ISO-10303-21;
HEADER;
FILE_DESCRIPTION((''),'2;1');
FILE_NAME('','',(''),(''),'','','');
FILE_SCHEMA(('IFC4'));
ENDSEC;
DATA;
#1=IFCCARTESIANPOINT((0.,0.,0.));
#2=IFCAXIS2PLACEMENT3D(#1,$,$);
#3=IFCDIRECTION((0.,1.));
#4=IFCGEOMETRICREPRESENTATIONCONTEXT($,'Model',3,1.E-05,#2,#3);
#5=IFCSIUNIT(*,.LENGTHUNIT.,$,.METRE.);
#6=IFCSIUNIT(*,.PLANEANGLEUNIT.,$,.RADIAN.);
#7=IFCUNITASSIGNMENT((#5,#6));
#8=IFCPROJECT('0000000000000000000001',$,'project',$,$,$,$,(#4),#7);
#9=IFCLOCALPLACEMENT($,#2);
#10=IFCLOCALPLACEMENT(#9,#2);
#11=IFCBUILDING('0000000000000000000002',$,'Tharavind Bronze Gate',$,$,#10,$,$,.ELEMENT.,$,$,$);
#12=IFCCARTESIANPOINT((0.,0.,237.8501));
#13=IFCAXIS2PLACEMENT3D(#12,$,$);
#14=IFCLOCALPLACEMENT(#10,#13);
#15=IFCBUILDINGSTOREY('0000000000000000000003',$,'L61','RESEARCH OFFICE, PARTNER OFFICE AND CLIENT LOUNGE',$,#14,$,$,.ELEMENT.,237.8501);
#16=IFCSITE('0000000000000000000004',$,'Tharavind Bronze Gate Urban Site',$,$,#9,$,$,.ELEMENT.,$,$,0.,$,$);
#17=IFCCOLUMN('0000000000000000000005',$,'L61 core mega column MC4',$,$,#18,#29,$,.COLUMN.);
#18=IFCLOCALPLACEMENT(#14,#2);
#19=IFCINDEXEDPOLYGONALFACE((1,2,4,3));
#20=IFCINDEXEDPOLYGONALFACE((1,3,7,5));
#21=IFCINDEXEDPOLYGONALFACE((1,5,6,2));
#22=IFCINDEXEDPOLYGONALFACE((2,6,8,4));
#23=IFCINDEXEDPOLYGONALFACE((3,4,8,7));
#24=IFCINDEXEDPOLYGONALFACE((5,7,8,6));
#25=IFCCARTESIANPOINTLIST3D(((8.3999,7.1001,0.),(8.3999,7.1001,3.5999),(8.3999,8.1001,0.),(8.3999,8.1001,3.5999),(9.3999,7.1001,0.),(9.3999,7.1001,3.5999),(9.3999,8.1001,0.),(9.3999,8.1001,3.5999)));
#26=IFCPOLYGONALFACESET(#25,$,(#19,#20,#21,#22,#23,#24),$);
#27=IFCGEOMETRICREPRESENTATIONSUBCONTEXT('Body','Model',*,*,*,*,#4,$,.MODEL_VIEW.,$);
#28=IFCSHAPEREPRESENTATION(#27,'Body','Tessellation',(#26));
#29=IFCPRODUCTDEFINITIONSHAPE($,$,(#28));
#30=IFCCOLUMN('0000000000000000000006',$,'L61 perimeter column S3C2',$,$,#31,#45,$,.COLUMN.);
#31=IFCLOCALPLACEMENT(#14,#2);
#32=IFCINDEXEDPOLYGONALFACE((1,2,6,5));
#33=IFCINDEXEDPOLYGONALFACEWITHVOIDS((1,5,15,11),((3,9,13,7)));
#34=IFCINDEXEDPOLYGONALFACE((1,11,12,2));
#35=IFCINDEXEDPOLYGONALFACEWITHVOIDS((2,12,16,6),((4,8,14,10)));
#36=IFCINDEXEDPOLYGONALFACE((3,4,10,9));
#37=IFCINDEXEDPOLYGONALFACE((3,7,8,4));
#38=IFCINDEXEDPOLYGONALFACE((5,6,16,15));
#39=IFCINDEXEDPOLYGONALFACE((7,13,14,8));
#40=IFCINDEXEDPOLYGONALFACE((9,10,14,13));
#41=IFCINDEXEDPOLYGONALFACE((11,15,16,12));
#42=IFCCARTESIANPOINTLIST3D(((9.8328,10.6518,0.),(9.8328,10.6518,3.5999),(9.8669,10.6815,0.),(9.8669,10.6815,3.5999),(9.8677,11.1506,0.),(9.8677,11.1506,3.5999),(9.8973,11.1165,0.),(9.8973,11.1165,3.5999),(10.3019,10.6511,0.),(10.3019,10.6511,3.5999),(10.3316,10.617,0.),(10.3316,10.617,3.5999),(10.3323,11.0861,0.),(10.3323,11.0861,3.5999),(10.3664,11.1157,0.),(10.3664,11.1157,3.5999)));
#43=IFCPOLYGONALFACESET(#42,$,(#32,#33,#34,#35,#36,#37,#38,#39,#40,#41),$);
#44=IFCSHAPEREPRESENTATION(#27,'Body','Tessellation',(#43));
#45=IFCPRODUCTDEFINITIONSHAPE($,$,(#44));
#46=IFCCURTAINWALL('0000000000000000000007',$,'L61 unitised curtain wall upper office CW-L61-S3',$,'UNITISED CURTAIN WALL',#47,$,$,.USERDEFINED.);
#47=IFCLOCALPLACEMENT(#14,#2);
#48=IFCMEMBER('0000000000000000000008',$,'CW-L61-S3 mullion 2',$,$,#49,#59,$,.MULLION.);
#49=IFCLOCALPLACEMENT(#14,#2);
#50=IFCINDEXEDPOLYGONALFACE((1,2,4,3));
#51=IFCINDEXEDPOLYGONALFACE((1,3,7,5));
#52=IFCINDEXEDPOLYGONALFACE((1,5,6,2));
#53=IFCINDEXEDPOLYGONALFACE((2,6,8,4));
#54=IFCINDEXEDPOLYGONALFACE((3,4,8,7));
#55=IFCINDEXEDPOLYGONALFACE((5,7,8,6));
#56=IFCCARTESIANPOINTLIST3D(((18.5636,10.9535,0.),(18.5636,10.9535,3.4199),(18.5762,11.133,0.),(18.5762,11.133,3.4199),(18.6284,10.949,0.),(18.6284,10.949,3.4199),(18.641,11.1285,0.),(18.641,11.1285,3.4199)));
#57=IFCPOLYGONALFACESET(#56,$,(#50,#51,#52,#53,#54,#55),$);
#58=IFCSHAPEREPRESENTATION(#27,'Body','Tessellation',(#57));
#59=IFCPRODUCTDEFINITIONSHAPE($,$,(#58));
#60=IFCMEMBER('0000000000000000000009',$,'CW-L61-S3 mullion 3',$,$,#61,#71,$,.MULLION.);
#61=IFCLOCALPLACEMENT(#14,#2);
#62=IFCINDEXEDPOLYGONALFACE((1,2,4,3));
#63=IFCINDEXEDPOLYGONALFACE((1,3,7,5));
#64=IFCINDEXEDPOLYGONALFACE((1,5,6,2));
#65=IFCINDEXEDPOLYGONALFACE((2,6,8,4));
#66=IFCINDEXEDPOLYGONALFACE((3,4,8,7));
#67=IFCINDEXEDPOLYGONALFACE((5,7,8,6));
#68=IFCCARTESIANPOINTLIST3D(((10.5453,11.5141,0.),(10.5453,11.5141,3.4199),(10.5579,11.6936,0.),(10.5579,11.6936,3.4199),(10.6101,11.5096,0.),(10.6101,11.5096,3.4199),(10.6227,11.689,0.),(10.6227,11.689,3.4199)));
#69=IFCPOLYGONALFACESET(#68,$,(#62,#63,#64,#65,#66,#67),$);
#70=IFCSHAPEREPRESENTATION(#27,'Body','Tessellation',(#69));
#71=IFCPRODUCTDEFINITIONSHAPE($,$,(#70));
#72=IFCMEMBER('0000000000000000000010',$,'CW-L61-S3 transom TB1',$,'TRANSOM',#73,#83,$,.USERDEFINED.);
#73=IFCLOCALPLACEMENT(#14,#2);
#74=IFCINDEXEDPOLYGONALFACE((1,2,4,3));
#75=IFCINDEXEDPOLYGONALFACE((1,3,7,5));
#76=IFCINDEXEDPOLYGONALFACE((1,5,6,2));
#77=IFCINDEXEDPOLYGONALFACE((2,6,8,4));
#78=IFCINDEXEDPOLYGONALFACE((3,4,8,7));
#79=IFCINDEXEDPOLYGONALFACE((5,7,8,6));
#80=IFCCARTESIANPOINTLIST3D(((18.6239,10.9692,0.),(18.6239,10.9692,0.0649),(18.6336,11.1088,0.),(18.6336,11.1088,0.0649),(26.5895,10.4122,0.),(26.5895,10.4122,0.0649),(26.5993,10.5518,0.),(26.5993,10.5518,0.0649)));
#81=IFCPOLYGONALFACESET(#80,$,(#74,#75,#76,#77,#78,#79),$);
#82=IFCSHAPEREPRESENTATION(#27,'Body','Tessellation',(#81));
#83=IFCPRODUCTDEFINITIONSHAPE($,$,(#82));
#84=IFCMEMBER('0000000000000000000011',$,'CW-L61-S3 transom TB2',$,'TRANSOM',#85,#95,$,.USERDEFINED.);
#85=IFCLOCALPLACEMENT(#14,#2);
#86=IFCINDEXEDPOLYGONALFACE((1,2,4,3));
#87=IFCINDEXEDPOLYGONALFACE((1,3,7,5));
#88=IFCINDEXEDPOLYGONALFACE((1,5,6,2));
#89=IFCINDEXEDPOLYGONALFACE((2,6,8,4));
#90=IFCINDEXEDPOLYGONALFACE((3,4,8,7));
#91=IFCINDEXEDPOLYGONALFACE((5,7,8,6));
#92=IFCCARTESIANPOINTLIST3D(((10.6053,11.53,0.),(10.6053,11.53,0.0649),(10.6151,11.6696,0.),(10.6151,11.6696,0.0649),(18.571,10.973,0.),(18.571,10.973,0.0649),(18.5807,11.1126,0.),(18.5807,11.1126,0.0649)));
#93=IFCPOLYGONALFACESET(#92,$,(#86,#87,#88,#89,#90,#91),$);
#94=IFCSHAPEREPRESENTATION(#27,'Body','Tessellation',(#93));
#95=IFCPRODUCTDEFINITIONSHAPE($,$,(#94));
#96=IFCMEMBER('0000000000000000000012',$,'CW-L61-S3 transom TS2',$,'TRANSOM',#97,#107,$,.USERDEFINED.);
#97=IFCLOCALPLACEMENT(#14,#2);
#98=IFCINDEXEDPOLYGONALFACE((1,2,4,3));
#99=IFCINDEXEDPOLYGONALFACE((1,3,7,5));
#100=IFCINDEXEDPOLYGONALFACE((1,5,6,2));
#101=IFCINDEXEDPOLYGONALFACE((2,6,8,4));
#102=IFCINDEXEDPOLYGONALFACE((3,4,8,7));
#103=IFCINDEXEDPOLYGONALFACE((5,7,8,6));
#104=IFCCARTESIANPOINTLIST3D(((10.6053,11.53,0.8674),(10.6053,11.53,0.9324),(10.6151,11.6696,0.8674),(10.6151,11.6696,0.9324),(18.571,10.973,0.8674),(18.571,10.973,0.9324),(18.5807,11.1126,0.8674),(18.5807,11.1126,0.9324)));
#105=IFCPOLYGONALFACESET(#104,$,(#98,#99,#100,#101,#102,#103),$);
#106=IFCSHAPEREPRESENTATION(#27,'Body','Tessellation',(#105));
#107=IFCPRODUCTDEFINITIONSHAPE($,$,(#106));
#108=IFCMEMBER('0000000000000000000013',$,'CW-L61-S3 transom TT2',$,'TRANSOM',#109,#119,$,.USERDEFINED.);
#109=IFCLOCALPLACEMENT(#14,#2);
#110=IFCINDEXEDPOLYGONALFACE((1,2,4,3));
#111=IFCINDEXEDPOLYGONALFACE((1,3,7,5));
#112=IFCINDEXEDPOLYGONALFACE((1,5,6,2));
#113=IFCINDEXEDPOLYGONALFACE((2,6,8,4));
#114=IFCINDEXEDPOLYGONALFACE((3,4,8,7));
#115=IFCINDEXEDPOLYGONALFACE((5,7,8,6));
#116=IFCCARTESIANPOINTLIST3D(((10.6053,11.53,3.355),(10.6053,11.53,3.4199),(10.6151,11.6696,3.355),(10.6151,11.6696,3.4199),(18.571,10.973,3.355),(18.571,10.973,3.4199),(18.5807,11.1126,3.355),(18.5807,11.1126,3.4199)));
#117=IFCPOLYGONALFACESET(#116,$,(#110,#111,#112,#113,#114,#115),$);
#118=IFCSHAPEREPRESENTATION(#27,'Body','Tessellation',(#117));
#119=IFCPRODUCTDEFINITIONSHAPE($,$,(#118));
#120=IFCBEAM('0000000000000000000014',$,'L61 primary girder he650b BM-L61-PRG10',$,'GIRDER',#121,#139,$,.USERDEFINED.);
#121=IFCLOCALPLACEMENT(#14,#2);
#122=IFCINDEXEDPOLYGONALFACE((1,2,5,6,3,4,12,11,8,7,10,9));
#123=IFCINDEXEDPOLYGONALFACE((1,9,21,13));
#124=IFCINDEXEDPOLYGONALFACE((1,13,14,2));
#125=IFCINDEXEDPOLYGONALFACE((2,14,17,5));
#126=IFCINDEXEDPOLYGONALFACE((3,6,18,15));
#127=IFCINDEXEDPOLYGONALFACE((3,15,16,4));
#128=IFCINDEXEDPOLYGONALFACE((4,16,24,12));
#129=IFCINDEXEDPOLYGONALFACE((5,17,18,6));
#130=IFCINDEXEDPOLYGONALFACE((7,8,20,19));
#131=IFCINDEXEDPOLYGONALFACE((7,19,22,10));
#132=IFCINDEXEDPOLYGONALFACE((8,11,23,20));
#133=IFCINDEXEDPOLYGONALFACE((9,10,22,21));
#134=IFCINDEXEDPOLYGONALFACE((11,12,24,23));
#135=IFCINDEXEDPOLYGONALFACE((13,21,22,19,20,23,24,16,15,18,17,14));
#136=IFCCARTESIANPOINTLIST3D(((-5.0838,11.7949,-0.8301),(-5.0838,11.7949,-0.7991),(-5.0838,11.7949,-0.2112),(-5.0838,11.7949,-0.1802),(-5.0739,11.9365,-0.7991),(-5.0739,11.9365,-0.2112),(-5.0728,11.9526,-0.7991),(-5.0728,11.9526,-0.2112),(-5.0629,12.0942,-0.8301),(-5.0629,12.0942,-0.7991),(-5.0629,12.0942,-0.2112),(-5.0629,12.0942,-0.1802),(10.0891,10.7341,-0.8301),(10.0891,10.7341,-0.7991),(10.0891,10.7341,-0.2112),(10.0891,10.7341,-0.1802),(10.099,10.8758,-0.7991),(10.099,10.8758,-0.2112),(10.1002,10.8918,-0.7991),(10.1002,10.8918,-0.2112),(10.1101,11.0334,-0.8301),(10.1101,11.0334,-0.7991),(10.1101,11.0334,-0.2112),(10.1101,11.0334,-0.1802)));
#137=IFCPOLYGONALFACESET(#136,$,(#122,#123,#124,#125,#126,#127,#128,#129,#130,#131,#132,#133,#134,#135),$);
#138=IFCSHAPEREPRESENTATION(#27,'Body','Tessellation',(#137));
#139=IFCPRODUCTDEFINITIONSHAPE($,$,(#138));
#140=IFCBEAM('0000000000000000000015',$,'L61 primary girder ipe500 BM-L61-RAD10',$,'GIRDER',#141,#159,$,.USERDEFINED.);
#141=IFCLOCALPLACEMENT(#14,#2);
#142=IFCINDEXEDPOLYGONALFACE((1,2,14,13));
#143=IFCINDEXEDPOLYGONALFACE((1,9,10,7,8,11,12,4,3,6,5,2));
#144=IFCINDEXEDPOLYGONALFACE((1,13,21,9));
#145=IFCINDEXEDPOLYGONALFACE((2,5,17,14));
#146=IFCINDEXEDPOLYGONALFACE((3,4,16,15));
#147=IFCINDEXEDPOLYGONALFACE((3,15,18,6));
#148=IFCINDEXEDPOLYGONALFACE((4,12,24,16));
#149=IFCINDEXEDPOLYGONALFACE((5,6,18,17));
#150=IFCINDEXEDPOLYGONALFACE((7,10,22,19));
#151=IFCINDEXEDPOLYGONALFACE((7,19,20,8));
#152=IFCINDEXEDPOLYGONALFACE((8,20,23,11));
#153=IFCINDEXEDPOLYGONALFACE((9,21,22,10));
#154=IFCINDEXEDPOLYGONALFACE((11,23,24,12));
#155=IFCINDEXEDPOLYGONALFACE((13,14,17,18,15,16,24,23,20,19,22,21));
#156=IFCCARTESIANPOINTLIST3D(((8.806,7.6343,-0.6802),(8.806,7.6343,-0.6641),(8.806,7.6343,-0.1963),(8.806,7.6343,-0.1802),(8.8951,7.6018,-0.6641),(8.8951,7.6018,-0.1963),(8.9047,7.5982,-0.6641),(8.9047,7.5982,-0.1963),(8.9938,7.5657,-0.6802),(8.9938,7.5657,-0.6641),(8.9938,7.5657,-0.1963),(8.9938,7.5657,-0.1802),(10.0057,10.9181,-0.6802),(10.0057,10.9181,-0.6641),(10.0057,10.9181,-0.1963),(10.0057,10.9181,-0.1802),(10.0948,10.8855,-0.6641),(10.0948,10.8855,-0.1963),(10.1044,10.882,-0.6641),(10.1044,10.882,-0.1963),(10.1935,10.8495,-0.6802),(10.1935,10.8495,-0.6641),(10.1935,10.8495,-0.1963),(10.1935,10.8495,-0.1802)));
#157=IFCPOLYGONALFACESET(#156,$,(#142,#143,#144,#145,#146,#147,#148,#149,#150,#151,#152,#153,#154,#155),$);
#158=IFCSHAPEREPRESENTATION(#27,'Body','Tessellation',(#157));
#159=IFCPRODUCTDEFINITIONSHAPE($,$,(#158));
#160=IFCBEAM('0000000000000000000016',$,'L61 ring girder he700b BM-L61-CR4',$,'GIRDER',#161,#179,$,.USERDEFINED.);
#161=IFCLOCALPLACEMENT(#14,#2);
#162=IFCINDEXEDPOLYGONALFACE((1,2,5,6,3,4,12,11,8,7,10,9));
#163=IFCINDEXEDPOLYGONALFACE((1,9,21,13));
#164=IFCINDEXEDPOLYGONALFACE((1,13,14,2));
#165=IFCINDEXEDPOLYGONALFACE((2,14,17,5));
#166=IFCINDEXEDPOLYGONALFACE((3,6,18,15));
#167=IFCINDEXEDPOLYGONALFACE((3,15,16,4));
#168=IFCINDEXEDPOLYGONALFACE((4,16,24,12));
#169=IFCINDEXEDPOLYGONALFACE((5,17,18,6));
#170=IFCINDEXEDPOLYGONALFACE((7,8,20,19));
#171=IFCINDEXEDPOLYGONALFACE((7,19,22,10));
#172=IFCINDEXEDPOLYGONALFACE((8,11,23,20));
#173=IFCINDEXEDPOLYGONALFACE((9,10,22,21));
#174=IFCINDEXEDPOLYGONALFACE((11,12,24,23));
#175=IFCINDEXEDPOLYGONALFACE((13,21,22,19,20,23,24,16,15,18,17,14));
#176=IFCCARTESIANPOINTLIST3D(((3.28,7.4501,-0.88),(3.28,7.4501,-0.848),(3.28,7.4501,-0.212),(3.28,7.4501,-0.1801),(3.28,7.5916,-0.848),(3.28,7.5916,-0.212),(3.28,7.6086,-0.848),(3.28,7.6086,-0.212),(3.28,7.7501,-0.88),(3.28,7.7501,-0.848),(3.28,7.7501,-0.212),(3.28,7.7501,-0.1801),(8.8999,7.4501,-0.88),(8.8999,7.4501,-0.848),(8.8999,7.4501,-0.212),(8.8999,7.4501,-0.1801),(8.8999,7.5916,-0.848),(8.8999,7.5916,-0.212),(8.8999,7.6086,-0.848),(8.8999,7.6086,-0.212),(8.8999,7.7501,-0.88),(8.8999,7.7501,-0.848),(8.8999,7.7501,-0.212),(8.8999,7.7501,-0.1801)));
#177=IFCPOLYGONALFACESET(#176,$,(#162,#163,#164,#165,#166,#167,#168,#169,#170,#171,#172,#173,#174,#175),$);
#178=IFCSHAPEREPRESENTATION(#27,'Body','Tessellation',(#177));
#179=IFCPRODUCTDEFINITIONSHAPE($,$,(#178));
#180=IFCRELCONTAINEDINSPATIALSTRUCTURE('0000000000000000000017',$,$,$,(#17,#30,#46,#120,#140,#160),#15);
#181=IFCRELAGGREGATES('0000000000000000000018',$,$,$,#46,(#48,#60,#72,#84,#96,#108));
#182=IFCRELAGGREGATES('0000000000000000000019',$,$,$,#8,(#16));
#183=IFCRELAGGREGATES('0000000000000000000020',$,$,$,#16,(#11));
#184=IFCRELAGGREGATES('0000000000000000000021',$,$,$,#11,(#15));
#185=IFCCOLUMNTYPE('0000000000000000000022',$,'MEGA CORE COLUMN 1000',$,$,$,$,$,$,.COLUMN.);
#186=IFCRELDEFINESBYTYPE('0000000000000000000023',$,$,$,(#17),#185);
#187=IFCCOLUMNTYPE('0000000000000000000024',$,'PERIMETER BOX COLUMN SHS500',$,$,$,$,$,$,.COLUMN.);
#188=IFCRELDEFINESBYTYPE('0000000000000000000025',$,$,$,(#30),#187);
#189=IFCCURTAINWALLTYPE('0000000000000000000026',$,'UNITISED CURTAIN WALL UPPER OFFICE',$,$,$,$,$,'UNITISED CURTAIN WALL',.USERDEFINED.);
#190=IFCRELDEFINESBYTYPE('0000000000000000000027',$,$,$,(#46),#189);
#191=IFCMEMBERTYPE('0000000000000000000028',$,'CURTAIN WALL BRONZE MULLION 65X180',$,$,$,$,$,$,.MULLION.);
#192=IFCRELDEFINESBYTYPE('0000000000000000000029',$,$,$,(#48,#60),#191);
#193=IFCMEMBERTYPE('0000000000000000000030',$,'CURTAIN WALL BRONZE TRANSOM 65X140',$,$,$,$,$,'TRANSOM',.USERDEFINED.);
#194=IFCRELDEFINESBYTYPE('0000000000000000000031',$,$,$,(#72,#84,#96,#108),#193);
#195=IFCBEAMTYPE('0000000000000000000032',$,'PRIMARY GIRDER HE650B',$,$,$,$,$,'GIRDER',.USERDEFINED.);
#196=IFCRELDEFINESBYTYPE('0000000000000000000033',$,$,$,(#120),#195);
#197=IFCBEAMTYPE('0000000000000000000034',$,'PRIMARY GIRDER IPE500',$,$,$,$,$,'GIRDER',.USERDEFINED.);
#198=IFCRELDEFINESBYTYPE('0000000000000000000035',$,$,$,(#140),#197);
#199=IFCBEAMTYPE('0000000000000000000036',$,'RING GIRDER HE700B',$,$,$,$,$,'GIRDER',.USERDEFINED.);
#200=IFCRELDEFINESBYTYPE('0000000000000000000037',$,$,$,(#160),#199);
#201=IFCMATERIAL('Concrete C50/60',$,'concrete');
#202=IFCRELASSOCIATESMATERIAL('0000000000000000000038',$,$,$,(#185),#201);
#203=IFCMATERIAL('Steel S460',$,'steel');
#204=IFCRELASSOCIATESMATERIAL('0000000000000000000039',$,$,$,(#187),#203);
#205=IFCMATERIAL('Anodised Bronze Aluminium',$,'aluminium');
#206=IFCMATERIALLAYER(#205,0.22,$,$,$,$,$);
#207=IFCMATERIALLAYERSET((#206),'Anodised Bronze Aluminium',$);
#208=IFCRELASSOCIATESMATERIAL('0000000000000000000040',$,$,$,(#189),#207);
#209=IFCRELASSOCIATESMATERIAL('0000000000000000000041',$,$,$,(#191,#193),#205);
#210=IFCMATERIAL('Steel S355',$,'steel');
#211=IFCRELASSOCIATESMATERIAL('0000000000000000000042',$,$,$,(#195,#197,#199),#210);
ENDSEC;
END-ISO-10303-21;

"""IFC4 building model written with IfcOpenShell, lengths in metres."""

from ifc_helpers import new_model, si_unit, direction, frame, origin, origin_2d, place, context, subcontext, project, spatial, rectangle, hollow_rectangle, i_section, extrude, material, layer, layer_set, material_profile, profile_set, type_object, element, aggregate, save


model = new_model("IFC4")

# Units and contexts
model_context = context("Model", 3, precision=1e-05, world=origin(), true_north=direction((0.0, 1.0)))
body_context = subcontext(model_context, "Body", "Model", "MODEL_VIEW")
ifc_project = project(units=[si_unit("LENGTHUNIT", "METRE"), si_unit("PLANEANGLEUNIT", "RADIAN")], contexts=[model_context])

# Site, building, storey
site_placement = place(None, origin())
site = spatial("IfcSite", under=ifc_project, at=site_placement, Name="Tharavind Bronze Gate Urban Site", CompositionType="ELEMENT", RefElevation=0.0)
building_placement = place(site_placement, origin())
building = spatial("IfcBuilding", under=site, at=building_placement, Name="Tharavind Bronze Gate", CompositionType="ELEMENT")
storey_placement = place(building_placement, frame((0.0, 0.0, 237.8501)))
storey = spatial("IfcBuildingStorey", under=building, at=storey_placement, Name="L61", Description="RESEARCH OFFICE, PARTNER OFFICE AND CLIENT LOUNGE", CompositionType="ELEMENT", Elevation=237.8501)

# Columns
ifc_material_1 = material(Name="Concrete C50/60", Category="concrete")
ifc_material_profile_1 = material_profile(ifc_material_1, rectangle(XDim=1.0, YDim=1.0, at=origin_2d()), Name="RCCOL1000")
ifc_profile_set_1 = profile_set([ifc_material_profile_1], Name="Concrete C50/60")
column_type_1 = type_object("IfcColumnType", Name="MEGA CORE COLUMN 1000", PredefinedType="COLUMN", material=ifc_profile_set_1)
column_1_placement = place(storey_placement, frame((8.8999, 7.6001, 0.0), z_axis=(0.0, 0.0, 1.0), x_axis=(1.0, 0.0, 0.0)))
element("IfcColumn", 1, at=column_1_placement, inside=storey, type_object=column_type_1, Name="L61 core mega column MC4", PredefinedType="COLUMN", context=body_context, shape_type="SweptSolid", body=[
    extrude(rectangle(XDim=1.0, YDim=1.0, at=origin_2d()), origin(), (0.0, 0.0, 1.0), 3.5999),
])
ifc_material_2 = material(Name="Steel S460", Category="steel")
ifc_material_profile_2 = material_profile(ifc_material_2, hollow_rectangle(XDim=0.5, YDim=0.5, WallThickness=0.032, at=origin_2d()), Name="SHS500X32")
ifc_profile_set_2 = profile_set([ifc_material_profile_2], Name="Steel S460")
column_type_2 = type_object("IfcColumnType", Name="PERIMETER BOX COLUMN SHS500", PredefinedType="COLUMN", material=ifc_profile_set_2)
column_2_placement = place(storey_placement, frame((10.0996, 10.8838, 0.0), z_axis=(0.0, 0.0, 1.0), x_axis=(-0.997564, 0.069756, 0.0)))
element("IfcColumn", 2, at=column_2_placement, inside=storey, type_object=column_type_2, Name="L61 perimeter column S3C2", PredefinedType="COLUMN", context=body_context, shape_type="SweptSolid", body=[
    extrude(hollow_rectangle(XDim=0.5, YDim=0.5, WallThickness=0.032, at=origin_2d()), origin(), (0.0, 0.0, 1.0), 3.5999),
])

# Curtain wall, members
ifc_material_3 = material(Name="Anodised Bronze Aluminium", Category="aluminium")
ifc_layer_1 = layer(ifc_material_3, 0.22)
ifc_layer_set_1 = layer_set([ifc_layer_1], Name="Anodised Bronze Aluminium")
curtain_wall_type = type_object("IfcCurtainWallType", Name="UNITISED CURTAIN WALL UPPER OFFICE", ElementType="UNITISED CURTAIN WALL", PredefinedType="USERDEFINED", material=ifc_layer_set_1)
curtain_wall_placement = place(storey_placement, origin())
curtain_wall = element("IfcCurtainWall", 3, at=curtain_wall_placement, inside=storey, type_object=curtain_wall_type, Name="L61 unitised curtain wall upper office CW-L61-S3", ObjectType="UNITISED CURTAIN WALL", PredefinedType="USERDEFINED")
member_type_1 = type_object("IfcMemberType", Name="CURTAIN WALL BRONZE MULLION 65X180", PredefinedType="MULLION", material=ifc_material_3)
member_1_placement = place(storey_placement, frame((18.6023, 11.041, 0.0), z_axis=(0.0, 0.0, 1.0), x_axis=(-0.997564, 0.069758, 0.0)))
member_1 = element("IfcMember", 4, at=member_1_placement, type_object=member_type_1, Name="CW-L61-S3 mullion 2", PredefinedType="MULLION", context=body_context, shape_type="SweptSolid", body=[
    extrude(rectangle(XDim=0.0649, YDim=0.1799, at=origin_2d()), origin(), (0.0, 0.0, 1.0), 3.4199),
])
member_2_placement = place(storey_placement, frame((10.584, 11.6016, 0.0), z_axis=(0.0, 0.0, 1.0), x_axis=(-0.997564, 0.069758, 0.0)))
member_2 = element("IfcMember", 5, at=member_2_placement, type_object=member_type_1, Name="CW-L61-S3 mullion 3", PredefinedType="MULLION", context=body_context, shape_type="SweptSolid", body=[
    extrude(rectangle(XDim=0.0649, YDim=0.1799, at=origin_2d()), origin(), (0.0, 0.0, 1.0), 3.4199),
])
member_type_2 = type_object("IfcMemberType", Name="CURTAIN WALL BRONZE TRANSOM 65X140", ElementType="TRANSOM", PredefinedType="USERDEFINED", material=ifc_material_3)
member_3_placement = place(storey_placement, frame((22.6116, 10.7605, 0.0), z_axis=(0.0, 0.0, 1.0), x_axis=(-0.997564, 0.069758, 0.0)))
member_3 = element("IfcMember", 6, at=member_3_placement, type_object=member_type_2, Name="CW-L61-S3 transom TB1", ObjectType="TRANSOM", PredefinedType="USERDEFINED", context=body_context, shape_type="SweptSolid", body=[
    extrude(rectangle(XDim=7.9851, YDim=0.1399, at=origin_2d()), origin(), (0.0, 0.0, 1.0), 0.0649),
])
member_4_placement = place(storey_placement, frame((14.593, 11.3213, 0.0), z_axis=(0.0, 0.0, 1.0), x_axis=(-0.997564, 0.069758, 0.0)))
member_4 = element("IfcMember", 7, at=member_4_placement, type_object=member_type_2, Name="CW-L61-S3 transom TB2", ObjectType="TRANSOM", PredefinedType="USERDEFINED", context=body_context, shape_type="SweptSolid", body=[
    extrude(rectangle(XDim=7.9851, YDim=0.1399, at=origin_2d()), origin(), (0.0, 0.0, 1.0), 0.0649),
])
member_5_placement = place(storey_placement, frame((14.593, 11.3213, 0.8674), z_axis=(0.0, 0.0, 1.0), x_axis=(-0.997564, 0.069758, 0.0)))
member_5 = element("IfcMember", 8, at=member_5_placement, type_object=member_type_2, Name="CW-L61-S3 transom TS2", ObjectType="TRANSOM", PredefinedType="USERDEFINED", context=body_context, shape_type="SweptSolid", body=[
    extrude(rectangle(XDim=7.9851, YDim=0.1399, at=origin_2d()), origin(), (0.0, 0.0, 1.0), 0.0649),
])
member_6_placement = place(storey_placement, frame((14.593, 11.3213, 3.355), z_axis=(0.0, 0.0, 1.0), x_axis=(-0.997564, 0.069758, 0.0)))
member_6 = element("IfcMember", 9, at=member_6_placement, type_object=member_type_2, Name="CW-L61-S3 transom TT2", ObjectType="TRANSOM", PredefinedType="USERDEFINED", context=body_context, shape_type="SweptSolid", body=[
    extrude(rectangle(XDim=7.9851, YDim=0.1399, at=origin_2d()), origin(), (0.0, 0.0, 1.0), 0.0649),
])

# Beams
ifc_material_4 = material(Name="Steel S355", Category="steel")
ifc_material_profile_3 = material_profile(ifc_material_4, i_section(OverallWidth=0.3, OverallDepth=0.6499, WebThickness=0.0161, FlangeThickness=0.031, at=origin_2d()), Name="HE650B")
ifc_profile_set_3 = profile_set([ifc_material_profile_3], Name="Steel S355")
beam_type_1 = type_object("IfcBeamType", Name="PRIMARY GIRDER HE650B", ElementType="GIRDER", PredefinedType="USERDEFINED", material=ifc_profile_set_3)
beam_1_placement = place(storey_placement, frame((10.0996, 10.8838, -0.5051), z_axis=(-0.997565, 0.069744, 0.0), x_axis=(-0.069744, -0.997565, 0.0)))
element("IfcBeam", 10, at=beam_1_placement, inside=storey, type_object=beam_type_1, Name="L61 primary girder he650b BM-L61-PRG10", ObjectType="GIRDER", PredefinedType="USERDEFINED", context=body_context, shape_type="SweptSolid", body=[
    extrude(i_section(OverallWidth=0.3, OverallDepth=0.6499, WebThickness=0.0161, FlangeThickness=0.031, at=origin_2d()), origin(), (0.0, 0.0, 1.0), 15.21),
])
ifc_material_profile_4 = material_profile(ifc_material_4, i_section(OverallWidth=0.2, OverallDepth=0.5, WebThickness=0.0103, FlangeThickness=0.0161, at=origin_2d()), Name="IPE500")
ifc_profile_set_4 = profile_set([ifc_material_profile_4], Name="Steel S355")
beam_type_2 = type_object("IfcBeamType", Name="PRIMARY GIRDER IPE500", ElementType="GIRDER", PredefinedType="USERDEFINED", material=ifc_profile_set_4)
beam_2_placement = place(storey_placement, frame((10.0996, 10.8838, -0.4302), z_axis=(-0.343167, -0.939274, 0.0), x_axis=(0.939274, -0.343167, 0.0)))
element("IfcBeam", 11, at=beam_2_placement, inside=storey, type_object=beam_type_2, Name="L61 primary girder ipe500 BM-L61-RAD10", ObjectType="GIRDER", PredefinedType="USERDEFINED", context=body_context, shape_type="SweptSolid", body=[
    extrude(i_section(OverallWidth=0.2, OverallDepth=0.5, WebThickness=0.0103, FlangeThickness=0.0161, at=origin_2d()), origin(), (0.0, 0.0, 1.0), 3.4961),
])
ifc_material_profile_5 = material_profile(ifc_material_4, i_section(OverallWidth=0.3, OverallDepth=0.7, WebThickness=0.0171, FlangeThickness=0.032, at=origin_2d()), Name="HE700B")
ifc_profile_set_5 = profile_set([ifc_material_profile_5], Name="Steel S355")
beam_type_3 = type_object("IfcBeamType", Name="RING GIRDER HE700B", ElementType="GIRDER", PredefinedType="USERDEFINED", material=ifc_profile_set_5)
beam_3_placement = place(storey_placement, frame((8.8999, 7.6001, -0.53), z_axis=(-1.0, 0.0, 0.0), x_axis=(0.0, -1.0, 0.0)))
element("IfcBeam", 12, at=beam_3_placement, inside=storey, type_object=beam_type_3, Name="L61 ring girder he700b BM-L61-CR4", ObjectType="GIRDER", PredefinedType="USERDEFINED", context=body_context, shape_type="SweptSolid", body=[
    extrude(i_section(OverallWidth=0.3, OverallDepth=0.7, WebThickness=0.0171, FlangeThickness=0.032, at=origin_2d()), origin(), (0.0, 0.0, 1.0), 5.6199),
])

aggregate(curtain_wall, [member_1, member_2, member_3, member_4, member_5, member_6])

save(model, "model.ifc")
